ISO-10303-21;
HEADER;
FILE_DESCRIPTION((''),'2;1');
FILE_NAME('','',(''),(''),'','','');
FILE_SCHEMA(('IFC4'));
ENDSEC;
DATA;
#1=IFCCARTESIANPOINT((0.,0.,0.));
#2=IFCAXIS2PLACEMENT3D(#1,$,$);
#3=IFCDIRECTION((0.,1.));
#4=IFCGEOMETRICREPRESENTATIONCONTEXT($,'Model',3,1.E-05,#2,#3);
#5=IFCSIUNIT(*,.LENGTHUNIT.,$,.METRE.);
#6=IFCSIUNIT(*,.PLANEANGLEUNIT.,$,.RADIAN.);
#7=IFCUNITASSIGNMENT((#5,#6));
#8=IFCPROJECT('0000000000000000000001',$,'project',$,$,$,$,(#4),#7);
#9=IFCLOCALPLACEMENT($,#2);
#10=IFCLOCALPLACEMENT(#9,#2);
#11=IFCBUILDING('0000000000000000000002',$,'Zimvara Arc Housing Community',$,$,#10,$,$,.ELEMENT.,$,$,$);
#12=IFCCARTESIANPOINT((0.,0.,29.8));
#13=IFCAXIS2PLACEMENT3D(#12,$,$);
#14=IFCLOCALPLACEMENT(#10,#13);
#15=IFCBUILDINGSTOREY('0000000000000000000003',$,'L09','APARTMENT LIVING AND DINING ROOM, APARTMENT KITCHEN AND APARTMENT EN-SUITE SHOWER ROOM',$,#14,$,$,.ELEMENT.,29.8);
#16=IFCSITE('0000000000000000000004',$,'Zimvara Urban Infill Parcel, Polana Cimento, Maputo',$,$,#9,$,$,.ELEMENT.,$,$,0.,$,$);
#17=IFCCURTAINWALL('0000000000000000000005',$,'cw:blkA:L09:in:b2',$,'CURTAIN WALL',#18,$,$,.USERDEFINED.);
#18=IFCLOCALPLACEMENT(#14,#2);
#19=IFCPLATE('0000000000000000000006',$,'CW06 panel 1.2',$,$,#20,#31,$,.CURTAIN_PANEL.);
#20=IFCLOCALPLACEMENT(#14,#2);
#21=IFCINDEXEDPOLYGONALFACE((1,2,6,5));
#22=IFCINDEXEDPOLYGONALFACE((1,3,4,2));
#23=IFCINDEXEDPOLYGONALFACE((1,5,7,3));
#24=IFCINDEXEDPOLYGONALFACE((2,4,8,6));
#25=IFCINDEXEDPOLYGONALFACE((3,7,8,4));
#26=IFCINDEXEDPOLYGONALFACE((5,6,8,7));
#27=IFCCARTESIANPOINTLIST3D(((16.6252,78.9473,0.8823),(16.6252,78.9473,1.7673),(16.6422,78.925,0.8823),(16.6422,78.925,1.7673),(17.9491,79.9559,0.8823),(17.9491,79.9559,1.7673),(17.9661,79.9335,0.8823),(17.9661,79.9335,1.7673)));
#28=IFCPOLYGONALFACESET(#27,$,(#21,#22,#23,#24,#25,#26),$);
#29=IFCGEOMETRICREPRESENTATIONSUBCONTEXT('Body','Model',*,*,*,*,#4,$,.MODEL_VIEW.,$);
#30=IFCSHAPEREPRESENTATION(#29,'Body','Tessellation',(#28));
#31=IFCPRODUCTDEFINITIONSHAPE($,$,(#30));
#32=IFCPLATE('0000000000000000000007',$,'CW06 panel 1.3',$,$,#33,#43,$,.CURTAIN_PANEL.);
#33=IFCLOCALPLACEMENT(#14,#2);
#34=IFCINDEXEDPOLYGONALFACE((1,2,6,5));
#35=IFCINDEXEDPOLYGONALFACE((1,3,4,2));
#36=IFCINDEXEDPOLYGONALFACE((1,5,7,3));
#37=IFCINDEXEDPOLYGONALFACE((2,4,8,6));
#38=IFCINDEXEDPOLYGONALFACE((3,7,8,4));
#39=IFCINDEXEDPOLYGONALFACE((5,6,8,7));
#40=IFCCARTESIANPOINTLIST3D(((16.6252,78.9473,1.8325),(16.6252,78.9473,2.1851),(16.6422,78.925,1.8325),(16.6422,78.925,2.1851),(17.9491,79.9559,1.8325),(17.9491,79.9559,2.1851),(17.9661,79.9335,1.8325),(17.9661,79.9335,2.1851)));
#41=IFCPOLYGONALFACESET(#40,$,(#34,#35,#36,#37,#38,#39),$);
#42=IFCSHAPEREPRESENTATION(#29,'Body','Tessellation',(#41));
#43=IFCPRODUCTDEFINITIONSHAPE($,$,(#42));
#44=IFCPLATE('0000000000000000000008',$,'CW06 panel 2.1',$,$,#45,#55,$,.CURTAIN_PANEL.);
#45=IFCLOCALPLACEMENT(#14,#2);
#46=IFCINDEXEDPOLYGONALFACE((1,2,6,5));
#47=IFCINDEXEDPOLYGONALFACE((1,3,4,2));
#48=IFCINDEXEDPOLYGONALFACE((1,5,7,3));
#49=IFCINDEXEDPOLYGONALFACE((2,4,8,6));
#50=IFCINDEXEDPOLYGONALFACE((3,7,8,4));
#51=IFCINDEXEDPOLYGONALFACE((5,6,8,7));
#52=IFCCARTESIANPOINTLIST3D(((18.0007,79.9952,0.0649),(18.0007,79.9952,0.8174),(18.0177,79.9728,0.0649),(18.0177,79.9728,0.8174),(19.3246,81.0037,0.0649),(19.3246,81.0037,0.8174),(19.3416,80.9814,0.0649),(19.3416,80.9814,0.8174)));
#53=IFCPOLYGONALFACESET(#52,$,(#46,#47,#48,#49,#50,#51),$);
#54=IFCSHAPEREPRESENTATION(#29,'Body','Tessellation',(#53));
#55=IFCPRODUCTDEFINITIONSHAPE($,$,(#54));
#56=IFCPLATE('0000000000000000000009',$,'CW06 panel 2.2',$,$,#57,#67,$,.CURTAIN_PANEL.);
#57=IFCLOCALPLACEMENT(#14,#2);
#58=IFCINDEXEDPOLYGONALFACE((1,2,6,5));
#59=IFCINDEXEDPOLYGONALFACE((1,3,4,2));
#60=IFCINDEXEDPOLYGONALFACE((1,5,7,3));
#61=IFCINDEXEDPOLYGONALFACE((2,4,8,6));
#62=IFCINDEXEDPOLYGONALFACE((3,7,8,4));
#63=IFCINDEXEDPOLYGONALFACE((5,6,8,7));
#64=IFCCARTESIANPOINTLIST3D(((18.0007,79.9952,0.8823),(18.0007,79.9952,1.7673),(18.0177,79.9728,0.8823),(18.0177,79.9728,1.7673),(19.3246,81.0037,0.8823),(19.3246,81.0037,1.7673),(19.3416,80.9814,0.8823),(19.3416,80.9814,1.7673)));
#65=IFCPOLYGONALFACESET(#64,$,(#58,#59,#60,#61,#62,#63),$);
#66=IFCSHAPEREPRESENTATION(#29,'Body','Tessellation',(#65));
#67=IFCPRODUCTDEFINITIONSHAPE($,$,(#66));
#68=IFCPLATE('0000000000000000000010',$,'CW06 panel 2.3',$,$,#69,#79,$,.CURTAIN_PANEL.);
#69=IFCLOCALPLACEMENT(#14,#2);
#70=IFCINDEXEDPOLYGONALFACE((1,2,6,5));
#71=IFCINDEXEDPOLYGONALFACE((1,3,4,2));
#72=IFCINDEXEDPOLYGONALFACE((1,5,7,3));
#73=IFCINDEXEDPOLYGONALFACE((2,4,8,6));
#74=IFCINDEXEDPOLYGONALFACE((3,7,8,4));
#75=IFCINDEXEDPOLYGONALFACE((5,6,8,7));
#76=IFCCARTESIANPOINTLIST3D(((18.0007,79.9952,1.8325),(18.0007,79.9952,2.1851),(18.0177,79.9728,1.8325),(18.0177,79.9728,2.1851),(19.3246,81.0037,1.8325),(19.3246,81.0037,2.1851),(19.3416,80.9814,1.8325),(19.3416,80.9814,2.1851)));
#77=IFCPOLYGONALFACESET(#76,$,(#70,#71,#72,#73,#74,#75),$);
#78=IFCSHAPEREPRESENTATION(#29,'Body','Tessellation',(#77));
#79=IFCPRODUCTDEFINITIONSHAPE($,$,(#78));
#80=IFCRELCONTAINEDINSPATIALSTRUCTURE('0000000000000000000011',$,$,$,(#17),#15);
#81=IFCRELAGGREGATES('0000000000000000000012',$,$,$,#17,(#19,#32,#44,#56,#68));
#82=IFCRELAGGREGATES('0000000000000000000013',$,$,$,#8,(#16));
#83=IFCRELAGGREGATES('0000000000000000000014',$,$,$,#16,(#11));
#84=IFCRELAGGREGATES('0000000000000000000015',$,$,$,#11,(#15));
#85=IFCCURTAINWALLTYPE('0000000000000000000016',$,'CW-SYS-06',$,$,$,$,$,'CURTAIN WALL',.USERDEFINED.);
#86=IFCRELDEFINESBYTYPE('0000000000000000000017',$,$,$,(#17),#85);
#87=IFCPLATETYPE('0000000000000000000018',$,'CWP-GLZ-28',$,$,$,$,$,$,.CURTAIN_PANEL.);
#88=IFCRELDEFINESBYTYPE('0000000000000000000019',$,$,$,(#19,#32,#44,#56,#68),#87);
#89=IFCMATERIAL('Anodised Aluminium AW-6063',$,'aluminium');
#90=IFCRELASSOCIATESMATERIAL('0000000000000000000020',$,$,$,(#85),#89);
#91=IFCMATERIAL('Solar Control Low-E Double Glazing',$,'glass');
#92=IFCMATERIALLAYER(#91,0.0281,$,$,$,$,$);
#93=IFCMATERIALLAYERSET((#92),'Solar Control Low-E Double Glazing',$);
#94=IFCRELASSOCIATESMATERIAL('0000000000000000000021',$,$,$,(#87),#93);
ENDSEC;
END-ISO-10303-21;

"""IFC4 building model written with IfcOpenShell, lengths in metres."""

from ifc_helpers import new_model, si_unit, direction, frame, origin, origin_2d, place, context, subcontext, project, spatial, rectangle, extrude, material, layer, layer_set, type_object, element, aggregate, save


model = new_model("IFC4")

# Units and contexts
model_context = context("Model", 3, precision=1e-05, world=origin(), true_north=direction((0.0, 1.0)))
body_context = subcontext(model_context, "Body", "Model", "MODEL_VIEW")
ifc_project = project(units=[si_unit("LENGTHUNIT", "METRE"), si_unit("PLANEANGLEUNIT", "RADIAN")], contexts=[model_context])

# Site, building, storey
site_placement = place(None, origin())
site = spatial("IfcSite", under=ifc_project, at=site_placement, Name="Zimvara Urban Infill Parcel, Polana Cimento, Maputo", CompositionType="ELEMENT", RefElevation=0.0)
building_placement = place(site_placement, origin())
building = spatial("IfcBuilding", under=site, at=building_placement, Name="Zimvara Arc Housing Community", CompositionType="ELEMENT")
storey_placement = place(building_placement, frame((0.0, 0.0, 29.8)))
storey = spatial("IfcBuildingStorey", under=building, at=storey_placement, Name="L09", Description="APARTMENT LIVING AND DINING ROOM, APARTMENT KITCHEN AND APARTMENT EN-SUITE SHOWER ROOM", CompositionType="ELEMENT", Elevation=29.8)

# Curtain wall
ifc_material_1 = material(Name="Anodised Aluminium AW-6063", Category="aluminium")
curtain_wall_type_1 = type_object("IfcCurtainWallType", Name="CW-SYS-06", ElementType="CURTAIN WALL", PredefinedType="USERDEFINED", material=ifc_material_1)
curtain_wall_1_placement = place(storey_placement, origin())
curtain_wall_1 = element("IfcCurtainWall", 1, at=curtain_wall_1_placement, inside=storey, type_object=curtain_wall_type_1, Name="cw:blkA:L09:in:b2", ObjectType="CURTAIN WALL", PredefinedType="USERDEFINED")

# Plates
ifc_material_2 = material(Name="Solar Control Low-E Double Glazing", Category="glass")
ifc_layer = layer(ifc_material_2, 0.0281)
ifc_layer_set = layer_set([ifc_layer], Name="Solar Control Low-E Double Glazing")
plate_type = type_object("IfcPlateType", Name="CWP-GLZ-28", PredefinedType="CURTAIN_PANEL", material=ifc_layer_set)
plate_1_placement = place(storey_placement, frame((17.2957, 79.4404, 0.8823), z_axis=(0.0, 0.0, 1.0), x_axis=(0.795474, 0.605988, 0.0)))
plate_1 = element("IfcPlate", 2, at=plate_1_placement, type_object=plate_type, Name="CW06 panel 1.2", PredefinedType="CURTAIN_PANEL", context=body_context, shape_type="SweptSolid", body=[
    extrude(rectangle(XDim=1.6643, YDim=0.0281, at=origin_2d()), origin(), (0.0, 0.0, 1.0), 0.885),
])
plate_2_placement = place(storey_placement, frame((17.2957, 79.4404, 1.8325), z_axis=(0.0, 0.0, 1.0), x_axis=(0.795474, 0.605988, 0.0)))
plate_2 = element("IfcPlate", 3, at=plate_2_placement, type_object=plate_type, Name="CW06 panel 1.3", PredefinedType="CURTAIN_PANEL", context=body_context, shape_type="SweptSolid", body=[
    extrude(rectangle(XDim=1.6643, YDim=0.0281, at=origin_2d()), origin(), (0.0, 0.0, 1.0), 0.3525),
])
plate_3_placement = place(storey_placement, frame((18.6711, 80.4883, 0.0649), z_axis=(0.0, 0.0, 1.0), x_axis=(0.795474, 0.605988, 0.0)))
plate_3 = element("IfcPlate", 4, at=plate_3_placement, type_object=plate_type, Name="CW06 panel 2.1", PredefinedType="CURTAIN_PANEL", context=body_context, shape_type="SweptSolid", body=[
    extrude(rectangle(XDim=1.6643, YDim=0.0281, at=origin_2d()), origin(), (0.0, 0.0, 1.0), 0.7524),
])
plate_4_placement = place(storey_placement, frame((18.6711, 80.4883, 0.8823), z_axis=(0.0, 0.0, 1.0), x_axis=(0.795474, 0.605988, 0.0)))
plate_4 = element("IfcPlate", 5, at=plate_4_placement, type_object=plate_type, Name="CW06 panel 2.2", PredefinedType="CURTAIN_PANEL", context=body_context, shape_type="SweptSolid", body=[
    extrude(rectangle(XDim=1.6643, YDim=0.0281, at=origin_2d()), origin(), (0.0, 0.0, 1.0), 0.885),
])
plate_5_placement = place(storey_placement, frame((18.6711, 80.4883, 1.8325), z_axis=(0.0, 0.0, 1.0), x_axis=(0.795474, 0.605988, 0.0)))
plate_5 = element("IfcPlate", 6, at=plate_5_placement, type_object=plate_type, Name="CW06 panel 2.3", PredefinedType="CURTAIN_PANEL", context=body_context, shape_type="SweptSolid", body=[
    extrude(rectangle(XDim=1.6643, YDim=0.0281, at=origin_2d()), origin(), (0.0, 0.0, 1.0), 0.3525),
])
aggregate(curtain_wall_1, [plate_1, plate_2, plate_3, plate_4, plate_5])

save(model, "model.ifc")
